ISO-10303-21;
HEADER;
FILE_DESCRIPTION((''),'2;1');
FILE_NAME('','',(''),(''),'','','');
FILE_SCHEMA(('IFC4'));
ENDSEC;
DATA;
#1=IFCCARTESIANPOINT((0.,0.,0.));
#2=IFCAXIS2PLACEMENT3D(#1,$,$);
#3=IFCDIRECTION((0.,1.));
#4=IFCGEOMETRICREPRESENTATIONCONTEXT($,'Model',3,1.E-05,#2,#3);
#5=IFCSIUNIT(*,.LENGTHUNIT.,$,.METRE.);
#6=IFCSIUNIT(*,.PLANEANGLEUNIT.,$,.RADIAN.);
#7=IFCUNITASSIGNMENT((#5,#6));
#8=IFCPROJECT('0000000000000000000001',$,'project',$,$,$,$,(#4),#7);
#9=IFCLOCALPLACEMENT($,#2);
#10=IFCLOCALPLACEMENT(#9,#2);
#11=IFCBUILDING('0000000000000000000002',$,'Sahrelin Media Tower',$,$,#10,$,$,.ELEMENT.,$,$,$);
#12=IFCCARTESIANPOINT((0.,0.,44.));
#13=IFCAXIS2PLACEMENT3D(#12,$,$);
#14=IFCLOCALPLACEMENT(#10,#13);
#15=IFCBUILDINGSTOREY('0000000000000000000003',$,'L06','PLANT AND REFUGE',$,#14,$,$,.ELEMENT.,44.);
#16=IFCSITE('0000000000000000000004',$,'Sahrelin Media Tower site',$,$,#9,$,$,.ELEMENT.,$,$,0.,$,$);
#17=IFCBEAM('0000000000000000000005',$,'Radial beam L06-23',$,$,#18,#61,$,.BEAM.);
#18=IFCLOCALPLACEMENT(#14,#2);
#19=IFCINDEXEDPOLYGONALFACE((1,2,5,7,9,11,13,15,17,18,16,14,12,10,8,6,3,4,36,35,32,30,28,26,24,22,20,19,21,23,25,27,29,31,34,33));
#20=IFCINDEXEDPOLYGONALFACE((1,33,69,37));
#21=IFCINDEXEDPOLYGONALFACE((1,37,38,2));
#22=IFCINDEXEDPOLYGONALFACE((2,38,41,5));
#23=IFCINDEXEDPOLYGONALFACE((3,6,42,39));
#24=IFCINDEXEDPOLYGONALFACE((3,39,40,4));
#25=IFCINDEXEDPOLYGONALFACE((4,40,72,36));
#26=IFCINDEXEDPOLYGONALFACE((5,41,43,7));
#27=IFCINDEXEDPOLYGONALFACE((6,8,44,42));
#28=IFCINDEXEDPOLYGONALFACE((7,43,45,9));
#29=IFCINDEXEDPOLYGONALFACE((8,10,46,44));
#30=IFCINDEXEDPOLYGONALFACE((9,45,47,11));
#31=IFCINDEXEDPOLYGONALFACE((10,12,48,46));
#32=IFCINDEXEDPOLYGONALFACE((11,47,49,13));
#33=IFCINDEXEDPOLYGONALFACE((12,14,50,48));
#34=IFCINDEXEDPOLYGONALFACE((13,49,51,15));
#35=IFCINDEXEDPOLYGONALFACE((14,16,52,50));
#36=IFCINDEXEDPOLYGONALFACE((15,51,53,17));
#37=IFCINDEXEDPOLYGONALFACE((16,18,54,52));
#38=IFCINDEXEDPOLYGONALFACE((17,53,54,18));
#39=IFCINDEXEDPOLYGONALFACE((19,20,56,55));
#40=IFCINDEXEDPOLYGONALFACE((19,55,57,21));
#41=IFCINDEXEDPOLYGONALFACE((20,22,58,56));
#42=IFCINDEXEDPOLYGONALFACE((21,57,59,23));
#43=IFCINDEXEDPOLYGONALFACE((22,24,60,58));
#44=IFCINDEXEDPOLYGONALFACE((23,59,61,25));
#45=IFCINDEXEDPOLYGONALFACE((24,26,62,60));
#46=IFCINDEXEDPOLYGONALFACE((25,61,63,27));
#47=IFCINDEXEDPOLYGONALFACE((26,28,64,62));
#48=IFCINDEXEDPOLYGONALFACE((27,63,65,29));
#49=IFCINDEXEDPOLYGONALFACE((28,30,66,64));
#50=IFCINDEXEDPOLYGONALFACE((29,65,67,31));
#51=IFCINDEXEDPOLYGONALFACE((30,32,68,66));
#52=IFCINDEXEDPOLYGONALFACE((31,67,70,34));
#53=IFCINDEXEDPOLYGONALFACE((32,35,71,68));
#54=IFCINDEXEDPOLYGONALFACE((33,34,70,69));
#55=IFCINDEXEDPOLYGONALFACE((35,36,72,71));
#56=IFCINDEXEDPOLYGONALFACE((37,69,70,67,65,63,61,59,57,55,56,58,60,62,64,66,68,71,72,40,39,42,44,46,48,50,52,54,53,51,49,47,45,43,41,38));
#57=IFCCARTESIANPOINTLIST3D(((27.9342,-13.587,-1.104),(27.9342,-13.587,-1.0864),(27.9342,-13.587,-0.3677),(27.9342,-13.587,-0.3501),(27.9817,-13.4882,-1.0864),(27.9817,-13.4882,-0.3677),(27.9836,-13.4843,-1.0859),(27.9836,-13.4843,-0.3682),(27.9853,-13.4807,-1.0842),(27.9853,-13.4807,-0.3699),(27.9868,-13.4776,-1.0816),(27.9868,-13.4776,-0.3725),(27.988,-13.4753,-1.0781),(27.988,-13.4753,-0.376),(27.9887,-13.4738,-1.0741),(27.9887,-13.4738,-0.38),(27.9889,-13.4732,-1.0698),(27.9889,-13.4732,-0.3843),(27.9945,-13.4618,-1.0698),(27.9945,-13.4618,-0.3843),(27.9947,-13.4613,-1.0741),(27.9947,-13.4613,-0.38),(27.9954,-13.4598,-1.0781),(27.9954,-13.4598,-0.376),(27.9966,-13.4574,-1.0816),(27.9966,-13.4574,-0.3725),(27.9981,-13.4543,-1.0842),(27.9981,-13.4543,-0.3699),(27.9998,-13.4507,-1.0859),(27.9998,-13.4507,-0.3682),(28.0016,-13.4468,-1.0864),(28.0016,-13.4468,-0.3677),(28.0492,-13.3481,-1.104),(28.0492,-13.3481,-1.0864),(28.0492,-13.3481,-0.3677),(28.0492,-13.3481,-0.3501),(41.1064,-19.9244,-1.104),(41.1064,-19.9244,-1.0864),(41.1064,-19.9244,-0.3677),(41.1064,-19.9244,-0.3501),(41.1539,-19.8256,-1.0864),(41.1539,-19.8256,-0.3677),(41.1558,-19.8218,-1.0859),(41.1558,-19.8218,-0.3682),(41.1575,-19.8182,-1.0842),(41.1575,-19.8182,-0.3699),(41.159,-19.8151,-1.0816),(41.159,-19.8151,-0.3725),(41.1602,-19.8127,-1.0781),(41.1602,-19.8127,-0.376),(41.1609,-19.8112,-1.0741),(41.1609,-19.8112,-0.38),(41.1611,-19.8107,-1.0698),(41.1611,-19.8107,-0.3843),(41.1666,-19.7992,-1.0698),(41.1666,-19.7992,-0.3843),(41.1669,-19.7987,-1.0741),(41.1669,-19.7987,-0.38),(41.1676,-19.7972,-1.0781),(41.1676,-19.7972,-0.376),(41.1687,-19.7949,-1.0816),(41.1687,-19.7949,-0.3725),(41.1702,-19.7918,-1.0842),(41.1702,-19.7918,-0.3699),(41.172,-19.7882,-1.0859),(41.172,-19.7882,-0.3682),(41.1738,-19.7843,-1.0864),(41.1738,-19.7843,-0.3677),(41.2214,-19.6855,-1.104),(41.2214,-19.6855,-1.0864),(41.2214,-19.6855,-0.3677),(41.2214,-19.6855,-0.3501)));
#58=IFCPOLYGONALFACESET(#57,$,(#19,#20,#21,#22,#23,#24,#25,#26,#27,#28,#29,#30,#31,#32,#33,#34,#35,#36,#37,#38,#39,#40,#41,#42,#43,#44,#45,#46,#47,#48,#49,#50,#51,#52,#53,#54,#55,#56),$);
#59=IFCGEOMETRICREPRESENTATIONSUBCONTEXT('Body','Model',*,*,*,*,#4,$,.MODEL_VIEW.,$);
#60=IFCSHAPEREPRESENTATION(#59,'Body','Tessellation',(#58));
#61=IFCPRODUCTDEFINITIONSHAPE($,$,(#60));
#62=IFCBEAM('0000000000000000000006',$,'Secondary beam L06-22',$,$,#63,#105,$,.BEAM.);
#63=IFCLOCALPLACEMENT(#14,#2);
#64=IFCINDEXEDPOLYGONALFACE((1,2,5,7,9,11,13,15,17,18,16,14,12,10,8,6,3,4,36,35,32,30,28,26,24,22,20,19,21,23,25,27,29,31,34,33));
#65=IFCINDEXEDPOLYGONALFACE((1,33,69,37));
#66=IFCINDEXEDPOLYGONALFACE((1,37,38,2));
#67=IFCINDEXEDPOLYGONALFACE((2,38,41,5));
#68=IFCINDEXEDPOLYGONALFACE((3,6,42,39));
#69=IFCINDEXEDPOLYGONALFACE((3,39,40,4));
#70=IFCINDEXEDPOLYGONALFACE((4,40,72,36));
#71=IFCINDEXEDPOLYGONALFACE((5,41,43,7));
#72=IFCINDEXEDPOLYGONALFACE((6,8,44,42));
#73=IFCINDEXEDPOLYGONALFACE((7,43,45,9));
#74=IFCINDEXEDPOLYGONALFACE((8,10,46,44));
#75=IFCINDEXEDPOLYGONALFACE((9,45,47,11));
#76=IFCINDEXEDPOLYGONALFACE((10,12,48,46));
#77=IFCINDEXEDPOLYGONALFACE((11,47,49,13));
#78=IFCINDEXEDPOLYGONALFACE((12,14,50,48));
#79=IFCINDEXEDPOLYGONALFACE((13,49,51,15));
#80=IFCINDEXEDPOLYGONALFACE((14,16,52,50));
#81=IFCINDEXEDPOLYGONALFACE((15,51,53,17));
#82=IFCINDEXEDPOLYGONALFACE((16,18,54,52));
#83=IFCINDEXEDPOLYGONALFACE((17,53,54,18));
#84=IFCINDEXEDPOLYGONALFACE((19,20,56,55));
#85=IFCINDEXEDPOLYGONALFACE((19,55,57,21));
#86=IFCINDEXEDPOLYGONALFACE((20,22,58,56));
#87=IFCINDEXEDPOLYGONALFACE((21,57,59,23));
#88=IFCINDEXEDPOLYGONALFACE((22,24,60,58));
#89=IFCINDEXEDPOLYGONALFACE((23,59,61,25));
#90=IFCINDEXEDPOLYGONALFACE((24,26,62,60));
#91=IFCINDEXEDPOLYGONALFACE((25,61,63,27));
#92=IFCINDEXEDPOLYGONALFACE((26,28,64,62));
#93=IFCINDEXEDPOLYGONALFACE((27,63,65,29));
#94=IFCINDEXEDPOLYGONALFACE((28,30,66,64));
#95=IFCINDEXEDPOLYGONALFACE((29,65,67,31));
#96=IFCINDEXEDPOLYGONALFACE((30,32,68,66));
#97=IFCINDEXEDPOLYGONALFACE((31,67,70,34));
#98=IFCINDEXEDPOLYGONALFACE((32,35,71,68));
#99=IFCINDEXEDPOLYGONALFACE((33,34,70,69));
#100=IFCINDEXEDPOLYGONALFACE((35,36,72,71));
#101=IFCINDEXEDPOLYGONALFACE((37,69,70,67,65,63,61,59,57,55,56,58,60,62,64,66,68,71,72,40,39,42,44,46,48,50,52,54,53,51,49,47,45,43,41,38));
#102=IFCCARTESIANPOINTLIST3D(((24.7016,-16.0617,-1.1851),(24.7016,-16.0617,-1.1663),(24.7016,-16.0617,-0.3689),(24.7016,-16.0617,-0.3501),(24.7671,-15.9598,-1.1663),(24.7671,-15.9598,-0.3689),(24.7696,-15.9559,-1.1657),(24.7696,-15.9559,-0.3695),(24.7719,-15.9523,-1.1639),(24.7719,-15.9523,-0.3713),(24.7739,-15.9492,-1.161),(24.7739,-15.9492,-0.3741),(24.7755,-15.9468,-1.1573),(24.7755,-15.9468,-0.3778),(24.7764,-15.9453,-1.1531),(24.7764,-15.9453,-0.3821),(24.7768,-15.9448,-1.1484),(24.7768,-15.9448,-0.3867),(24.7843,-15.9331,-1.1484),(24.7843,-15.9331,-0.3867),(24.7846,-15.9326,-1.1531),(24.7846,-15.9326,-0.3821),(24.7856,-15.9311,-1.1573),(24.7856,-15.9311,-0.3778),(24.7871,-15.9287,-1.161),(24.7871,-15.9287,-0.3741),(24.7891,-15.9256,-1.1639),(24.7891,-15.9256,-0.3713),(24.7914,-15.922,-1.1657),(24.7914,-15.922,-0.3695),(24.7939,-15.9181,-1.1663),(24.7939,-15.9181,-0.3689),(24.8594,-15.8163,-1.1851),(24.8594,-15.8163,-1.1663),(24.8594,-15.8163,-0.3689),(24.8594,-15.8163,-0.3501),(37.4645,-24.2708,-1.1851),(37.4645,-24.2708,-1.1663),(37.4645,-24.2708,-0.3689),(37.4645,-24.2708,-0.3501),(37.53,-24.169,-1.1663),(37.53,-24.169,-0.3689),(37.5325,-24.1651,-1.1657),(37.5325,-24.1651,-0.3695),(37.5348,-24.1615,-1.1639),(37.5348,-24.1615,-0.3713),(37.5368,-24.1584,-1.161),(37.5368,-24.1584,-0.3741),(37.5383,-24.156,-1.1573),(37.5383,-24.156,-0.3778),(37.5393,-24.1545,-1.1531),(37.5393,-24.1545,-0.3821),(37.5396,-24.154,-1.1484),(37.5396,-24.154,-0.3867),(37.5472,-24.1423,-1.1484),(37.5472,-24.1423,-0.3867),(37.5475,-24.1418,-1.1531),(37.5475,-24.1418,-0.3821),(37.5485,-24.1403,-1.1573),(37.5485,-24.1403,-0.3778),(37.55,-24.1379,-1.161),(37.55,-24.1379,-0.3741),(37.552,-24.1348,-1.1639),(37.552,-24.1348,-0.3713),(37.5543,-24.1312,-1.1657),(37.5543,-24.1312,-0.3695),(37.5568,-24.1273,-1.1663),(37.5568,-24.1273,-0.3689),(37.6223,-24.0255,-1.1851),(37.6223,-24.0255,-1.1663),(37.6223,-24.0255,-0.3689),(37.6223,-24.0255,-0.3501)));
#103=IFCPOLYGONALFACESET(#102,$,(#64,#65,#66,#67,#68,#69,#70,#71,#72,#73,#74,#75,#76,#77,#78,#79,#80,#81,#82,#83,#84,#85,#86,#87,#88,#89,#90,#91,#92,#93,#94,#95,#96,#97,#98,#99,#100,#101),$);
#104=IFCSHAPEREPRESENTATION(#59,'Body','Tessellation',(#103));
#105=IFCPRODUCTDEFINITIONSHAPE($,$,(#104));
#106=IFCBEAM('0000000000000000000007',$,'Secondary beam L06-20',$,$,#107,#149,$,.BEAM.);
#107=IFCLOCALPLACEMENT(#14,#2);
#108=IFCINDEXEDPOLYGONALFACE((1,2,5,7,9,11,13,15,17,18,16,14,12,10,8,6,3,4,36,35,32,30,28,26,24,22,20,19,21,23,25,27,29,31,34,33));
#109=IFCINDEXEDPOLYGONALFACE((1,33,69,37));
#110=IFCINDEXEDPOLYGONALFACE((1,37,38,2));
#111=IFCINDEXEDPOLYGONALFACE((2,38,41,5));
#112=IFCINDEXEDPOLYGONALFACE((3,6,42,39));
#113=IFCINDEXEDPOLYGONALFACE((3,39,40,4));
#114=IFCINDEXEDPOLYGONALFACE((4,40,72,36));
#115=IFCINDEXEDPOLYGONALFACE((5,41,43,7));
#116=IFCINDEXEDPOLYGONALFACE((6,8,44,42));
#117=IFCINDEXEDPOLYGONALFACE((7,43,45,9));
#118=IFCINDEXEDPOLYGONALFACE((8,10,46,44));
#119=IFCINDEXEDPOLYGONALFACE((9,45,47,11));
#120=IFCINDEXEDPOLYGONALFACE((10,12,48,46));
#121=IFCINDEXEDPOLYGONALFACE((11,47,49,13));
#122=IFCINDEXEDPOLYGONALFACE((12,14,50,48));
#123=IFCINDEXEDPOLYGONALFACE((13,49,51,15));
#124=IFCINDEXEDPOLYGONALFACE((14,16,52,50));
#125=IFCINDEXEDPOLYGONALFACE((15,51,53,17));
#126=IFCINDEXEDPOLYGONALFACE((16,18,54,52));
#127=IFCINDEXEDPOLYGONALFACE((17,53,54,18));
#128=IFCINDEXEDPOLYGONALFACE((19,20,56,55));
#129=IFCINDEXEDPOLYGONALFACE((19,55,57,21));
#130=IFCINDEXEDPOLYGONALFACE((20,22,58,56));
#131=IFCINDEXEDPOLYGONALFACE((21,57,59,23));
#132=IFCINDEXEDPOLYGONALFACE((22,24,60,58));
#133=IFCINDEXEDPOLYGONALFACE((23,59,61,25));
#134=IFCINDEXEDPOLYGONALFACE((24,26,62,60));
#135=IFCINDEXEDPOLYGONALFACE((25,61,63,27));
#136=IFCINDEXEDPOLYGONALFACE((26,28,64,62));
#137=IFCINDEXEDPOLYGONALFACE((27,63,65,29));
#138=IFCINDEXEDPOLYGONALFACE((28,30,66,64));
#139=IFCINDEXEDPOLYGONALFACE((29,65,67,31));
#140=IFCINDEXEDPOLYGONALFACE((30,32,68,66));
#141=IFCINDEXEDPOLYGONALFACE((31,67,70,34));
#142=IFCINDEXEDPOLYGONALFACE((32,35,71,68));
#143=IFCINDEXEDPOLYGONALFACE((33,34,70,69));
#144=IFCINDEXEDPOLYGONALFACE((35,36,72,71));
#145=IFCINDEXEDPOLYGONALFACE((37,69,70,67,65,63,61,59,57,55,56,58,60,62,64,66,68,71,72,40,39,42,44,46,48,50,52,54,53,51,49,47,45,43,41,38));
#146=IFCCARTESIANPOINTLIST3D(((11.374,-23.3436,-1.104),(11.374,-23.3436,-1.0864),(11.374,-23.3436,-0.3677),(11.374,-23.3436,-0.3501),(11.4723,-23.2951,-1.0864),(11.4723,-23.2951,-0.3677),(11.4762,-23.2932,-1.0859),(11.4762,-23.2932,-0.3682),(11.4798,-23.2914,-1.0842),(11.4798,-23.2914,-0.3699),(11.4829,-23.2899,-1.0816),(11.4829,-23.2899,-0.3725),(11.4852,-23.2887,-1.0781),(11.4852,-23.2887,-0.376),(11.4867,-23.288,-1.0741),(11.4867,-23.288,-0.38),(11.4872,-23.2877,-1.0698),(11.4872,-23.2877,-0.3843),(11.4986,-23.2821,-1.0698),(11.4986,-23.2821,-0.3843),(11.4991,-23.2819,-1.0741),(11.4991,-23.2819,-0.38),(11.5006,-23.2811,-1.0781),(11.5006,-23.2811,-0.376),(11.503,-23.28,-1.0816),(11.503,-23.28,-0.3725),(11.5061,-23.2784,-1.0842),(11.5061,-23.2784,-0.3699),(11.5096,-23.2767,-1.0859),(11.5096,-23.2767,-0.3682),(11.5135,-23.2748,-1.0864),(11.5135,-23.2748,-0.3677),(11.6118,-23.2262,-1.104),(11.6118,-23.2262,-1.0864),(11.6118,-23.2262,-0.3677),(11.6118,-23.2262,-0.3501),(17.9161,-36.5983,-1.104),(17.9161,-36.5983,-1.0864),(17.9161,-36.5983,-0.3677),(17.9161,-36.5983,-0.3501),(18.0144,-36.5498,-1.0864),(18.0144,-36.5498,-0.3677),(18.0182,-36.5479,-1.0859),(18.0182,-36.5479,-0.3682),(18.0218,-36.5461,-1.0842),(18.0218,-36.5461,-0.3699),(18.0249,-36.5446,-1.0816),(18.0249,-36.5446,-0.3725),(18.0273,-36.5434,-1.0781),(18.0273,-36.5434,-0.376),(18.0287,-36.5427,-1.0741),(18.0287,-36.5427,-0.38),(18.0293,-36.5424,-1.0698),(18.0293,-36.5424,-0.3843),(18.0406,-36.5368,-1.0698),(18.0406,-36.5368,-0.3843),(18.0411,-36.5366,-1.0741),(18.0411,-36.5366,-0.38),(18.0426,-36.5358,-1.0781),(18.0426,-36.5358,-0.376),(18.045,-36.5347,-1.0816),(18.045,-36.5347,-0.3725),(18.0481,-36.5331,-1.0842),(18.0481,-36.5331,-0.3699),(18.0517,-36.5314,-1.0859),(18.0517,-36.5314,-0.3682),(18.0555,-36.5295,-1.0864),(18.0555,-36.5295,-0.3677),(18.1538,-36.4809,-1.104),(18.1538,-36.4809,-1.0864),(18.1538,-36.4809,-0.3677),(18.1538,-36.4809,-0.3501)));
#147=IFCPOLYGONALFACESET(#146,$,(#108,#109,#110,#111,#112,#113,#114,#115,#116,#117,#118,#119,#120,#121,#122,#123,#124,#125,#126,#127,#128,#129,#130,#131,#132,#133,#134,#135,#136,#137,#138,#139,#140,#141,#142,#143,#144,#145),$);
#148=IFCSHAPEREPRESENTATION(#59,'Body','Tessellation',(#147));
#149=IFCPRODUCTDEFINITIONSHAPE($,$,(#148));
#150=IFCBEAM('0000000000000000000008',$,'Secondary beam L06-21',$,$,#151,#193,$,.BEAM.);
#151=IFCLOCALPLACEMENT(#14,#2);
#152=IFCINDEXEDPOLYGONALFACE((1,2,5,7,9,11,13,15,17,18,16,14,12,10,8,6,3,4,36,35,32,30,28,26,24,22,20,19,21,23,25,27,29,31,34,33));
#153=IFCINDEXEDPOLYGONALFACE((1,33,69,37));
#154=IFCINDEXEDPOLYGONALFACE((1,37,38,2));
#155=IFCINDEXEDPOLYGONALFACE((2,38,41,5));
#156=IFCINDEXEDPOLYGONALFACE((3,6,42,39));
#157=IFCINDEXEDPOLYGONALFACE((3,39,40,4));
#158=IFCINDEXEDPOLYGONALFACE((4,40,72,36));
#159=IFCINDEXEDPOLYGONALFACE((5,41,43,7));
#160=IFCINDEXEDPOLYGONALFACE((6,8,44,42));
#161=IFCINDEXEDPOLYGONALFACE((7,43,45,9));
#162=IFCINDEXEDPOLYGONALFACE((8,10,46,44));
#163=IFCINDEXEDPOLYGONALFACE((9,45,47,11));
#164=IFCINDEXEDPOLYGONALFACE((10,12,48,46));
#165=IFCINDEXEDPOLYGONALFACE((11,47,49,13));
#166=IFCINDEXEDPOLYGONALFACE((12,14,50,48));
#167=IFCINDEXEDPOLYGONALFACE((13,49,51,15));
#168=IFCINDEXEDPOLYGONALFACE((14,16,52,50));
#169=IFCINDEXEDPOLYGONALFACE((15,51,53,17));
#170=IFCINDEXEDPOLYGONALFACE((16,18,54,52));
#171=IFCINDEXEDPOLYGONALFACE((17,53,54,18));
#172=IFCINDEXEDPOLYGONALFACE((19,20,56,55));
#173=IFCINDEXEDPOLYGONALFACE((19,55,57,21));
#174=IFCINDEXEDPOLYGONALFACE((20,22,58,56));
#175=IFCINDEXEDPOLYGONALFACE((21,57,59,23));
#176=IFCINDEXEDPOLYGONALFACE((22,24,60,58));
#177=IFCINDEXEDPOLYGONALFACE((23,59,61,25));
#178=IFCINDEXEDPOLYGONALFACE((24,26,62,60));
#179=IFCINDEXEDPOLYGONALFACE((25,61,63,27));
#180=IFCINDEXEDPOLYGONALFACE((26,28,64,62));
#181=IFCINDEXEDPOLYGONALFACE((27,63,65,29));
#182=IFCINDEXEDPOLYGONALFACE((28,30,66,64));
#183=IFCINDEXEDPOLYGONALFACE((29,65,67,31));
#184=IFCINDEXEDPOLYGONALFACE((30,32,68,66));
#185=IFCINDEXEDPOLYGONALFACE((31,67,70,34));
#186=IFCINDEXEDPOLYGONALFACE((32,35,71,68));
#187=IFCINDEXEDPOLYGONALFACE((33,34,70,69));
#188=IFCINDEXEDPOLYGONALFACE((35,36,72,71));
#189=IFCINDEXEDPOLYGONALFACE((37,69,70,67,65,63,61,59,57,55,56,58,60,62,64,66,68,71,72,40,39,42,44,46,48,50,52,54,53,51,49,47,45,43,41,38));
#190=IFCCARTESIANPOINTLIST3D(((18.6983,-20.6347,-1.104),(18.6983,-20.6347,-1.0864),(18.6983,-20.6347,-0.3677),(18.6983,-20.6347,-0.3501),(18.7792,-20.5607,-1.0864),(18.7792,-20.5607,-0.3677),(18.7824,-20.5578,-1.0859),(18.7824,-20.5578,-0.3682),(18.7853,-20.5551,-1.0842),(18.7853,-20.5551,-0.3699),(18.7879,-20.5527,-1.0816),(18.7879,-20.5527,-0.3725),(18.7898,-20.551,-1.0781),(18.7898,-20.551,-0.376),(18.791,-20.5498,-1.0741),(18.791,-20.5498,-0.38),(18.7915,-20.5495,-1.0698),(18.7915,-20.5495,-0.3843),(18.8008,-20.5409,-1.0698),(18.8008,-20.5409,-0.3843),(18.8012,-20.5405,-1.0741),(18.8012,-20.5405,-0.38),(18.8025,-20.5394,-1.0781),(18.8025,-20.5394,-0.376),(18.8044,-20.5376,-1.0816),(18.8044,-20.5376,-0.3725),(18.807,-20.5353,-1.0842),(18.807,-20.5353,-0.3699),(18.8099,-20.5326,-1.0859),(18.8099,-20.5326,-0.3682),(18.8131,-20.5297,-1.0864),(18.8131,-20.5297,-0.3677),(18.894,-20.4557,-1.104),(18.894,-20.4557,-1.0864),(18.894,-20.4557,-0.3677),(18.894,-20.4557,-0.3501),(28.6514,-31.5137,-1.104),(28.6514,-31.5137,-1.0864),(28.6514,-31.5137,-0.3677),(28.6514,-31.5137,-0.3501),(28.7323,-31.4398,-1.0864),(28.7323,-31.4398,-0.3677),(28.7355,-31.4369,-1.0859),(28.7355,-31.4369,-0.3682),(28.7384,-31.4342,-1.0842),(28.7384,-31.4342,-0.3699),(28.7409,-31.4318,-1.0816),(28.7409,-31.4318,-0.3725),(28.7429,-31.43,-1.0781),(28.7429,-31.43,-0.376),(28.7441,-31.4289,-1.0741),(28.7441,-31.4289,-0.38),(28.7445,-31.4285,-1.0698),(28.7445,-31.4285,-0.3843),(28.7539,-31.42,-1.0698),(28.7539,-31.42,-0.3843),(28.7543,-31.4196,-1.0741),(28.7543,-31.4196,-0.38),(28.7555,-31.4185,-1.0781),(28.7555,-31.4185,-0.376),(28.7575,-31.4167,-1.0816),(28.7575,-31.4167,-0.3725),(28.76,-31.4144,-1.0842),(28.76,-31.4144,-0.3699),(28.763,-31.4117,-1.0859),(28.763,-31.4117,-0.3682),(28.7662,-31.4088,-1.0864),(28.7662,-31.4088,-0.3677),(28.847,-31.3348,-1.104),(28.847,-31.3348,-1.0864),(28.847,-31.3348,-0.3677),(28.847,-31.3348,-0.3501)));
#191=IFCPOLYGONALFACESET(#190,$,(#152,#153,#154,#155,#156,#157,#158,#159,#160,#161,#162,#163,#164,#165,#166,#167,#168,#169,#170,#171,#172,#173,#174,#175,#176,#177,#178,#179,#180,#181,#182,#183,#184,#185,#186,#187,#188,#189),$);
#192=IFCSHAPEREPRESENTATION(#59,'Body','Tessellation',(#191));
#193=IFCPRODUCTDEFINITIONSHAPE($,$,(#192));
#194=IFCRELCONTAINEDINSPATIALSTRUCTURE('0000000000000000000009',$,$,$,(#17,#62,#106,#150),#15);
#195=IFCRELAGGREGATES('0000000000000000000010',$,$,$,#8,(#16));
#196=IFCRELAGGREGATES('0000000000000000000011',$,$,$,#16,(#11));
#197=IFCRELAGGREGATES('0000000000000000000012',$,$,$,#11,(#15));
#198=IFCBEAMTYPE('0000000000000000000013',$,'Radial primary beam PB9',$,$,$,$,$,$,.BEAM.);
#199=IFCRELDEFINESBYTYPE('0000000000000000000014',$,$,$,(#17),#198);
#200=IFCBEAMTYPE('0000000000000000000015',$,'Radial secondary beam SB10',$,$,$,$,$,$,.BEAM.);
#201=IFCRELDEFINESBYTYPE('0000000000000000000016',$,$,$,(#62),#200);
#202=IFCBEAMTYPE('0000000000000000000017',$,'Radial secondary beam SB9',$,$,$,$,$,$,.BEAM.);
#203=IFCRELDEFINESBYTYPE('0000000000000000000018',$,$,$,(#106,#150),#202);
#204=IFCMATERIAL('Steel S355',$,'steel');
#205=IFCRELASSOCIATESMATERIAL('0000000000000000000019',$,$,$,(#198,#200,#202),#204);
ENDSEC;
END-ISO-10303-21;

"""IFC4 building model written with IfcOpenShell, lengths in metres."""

from ifc_helpers import new_model, si_unit, direction, frame, origin, origin_2d, place, context, subcontext, project, spatial, i_section, extrude, material, material_profile, profile_set, type_object, element, save


model = new_model("IFC4")

# Units and contexts
model_context = context("Model", 3, precision=1e-05, world=origin(), true_north=direction((0.0, 1.0)))
body_context = subcontext(model_context, "Body", "Model", "MODEL_VIEW")
ifc_project = project(units=[si_unit("LENGTHUNIT", "METRE"), si_unit("PLANEANGLEUNIT", "RADIAN")], contexts=[model_context])

# Site, building, storey
site_placement = place(None, origin())
site = spatial("IfcSite", under=ifc_project, at=site_placement, Name="Sahrelin Media Tower site", CompositionType="ELEMENT", RefElevation=0.0)
building_placement = place(site_placement, origin())
building = spatial("IfcBuilding", under=site, at=building_placement, Name="Sahrelin Media Tower", CompositionType="ELEMENT")
storey_placement = place(building_placement, frame((0.0, 0.0, 44.0)))
storey = spatial("IfcBuildingStorey", under=building, at=storey_placement, Name="L06", Description="PLANT AND REFUGE", CompositionType="ELEMENT", Elevation=44.0)

# Beams
ifc_material_1 = material(Name="Steel S355", Category="steel")
ifc_material_profile_1 = material_profile(ifc_material_1, i_section(OverallWidth=0.2651, OverallDepth=0.7539, WebThickness=0.0127, FlangeThickness=0.0176, FilletRadius=0.0166, at=origin_2d()), Name="UB 762x267x147")
ifc_profile_set_1 = profile_set([ifc_material_profile_1], Name="Steel S355")
beam_type_1 = type_object("IfcBeamType", Name="Radial primary beam PB9", PredefinedType="BEAM", material=ifc_profile_set_1)
beam_1_placement = place(storey_placement, frame((27.9917, -13.4675, -0.7271), z_axis=(0.901128, -0.433553, 0.0), x_axis=(0.433553, 0.901128, 0.0)))
element("IfcBeam", 1, at=beam_1_placement, inside=storey, type_object=beam_type_1, Name="Radial beam L06-23", PredefinedType="BEAM", context=body_context, shape_type="SweptSolid", body=[
    extrude(i_section(OverallWidth=0.2651, OverallDepth=0.7539, WebThickness=0.0127, FlangeThickness=0.0176, FilletRadius=0.0166, at=origin_2d()), origin(), (0.0, 0.0, 1.0), 14.6174),
])
ifc_material_profile_2 = material_profile(ifc_material_1, i_section(OverallWidth=0.2917, OverallDepth=0.835, WebThickness=0.0139, FlangeThickness=0.0188, FilletRadius=0.0178, at=origin_2d()), Name="UB 838x292x176")
ifc_profile_set_2 = profile_set([ifc_material_profile_2], Name="Steel S355")
beam_type_2 = type_object("IfcBeamType", Name="Radial secondary beam SB10", PredefinedType="BEAM", material=ifc_profile_set_2)
beam_2_placement = place(storey_placement, frame((24.7805, -15.939, -0.7676), z_axis=(0.841044, -0.540967, 0.0), x_axis=(0.540967, 0.841044, 0.0)))
element("IfcBeam", 2, at=beam_2_placement, inside=storey, type_object=beam_type_2, Name="Secondary beam L06-22", PredefinedType="BEAM", context=body_context, shape_type="SweptSolid", body=[
    extrude(i_section(OverallWidth=0.2917, OverallDepth=0.835, WebThickness=0.0139, FlangeThickness=0.0188, FilletRadius=0.0178, at=origin_2d()), origin(), (0.0, 0.0, 1.0), 15.175),
])
ifc_material_profile_3 = material_profile(ifc_material_1, i_section(OverallWidth=0.2651, OverallDepth=0.7539, WebThickness=0.0127, FlangeThickness=0.0176, FilletRadius=0.0166, at=origin_2d()), Name="UB 762x267x147")
ifc_profile_set_3 = profile_set([ifc_material_profile_3], Name="Steel S355")
beam_type_3 = type_object("IfcBeamType", Name="Radial secondary beam SB9", PredefinedType="BEAM", material=ifc_profile_set_3)
beam_3_placement = place(storey_placement, frame((11.4929, -23.2849, -0.7271), z_axis=(0.442589, -0.896724, 0.0), x_axis=(0.896724, 0.442589, 0.0)))
element("IfcBeam", 3, at=beam_3_placement, inside=storey, type_object=beam_type_3, Name="Secondary beam L06-20", PredefinedType="BEAM", context=body_context, shape_type="SweptSolid", body=[
    extrude(i_section(OverallWidth=0.2651, OverallDepth=0.7539, WebThickness=0.0127, FlangeThickness=0.0176, FilletRadius=0.0166, at=origin_2d()), origin(), (0.0, 0.0, 1.0), 14.7812),
])
beam_4_placement = place(storey_placement, frame((18.7961, -20.5452, -0.7271), z_axis=(0.675008, -0.73781, 0.0), x_axis=(0.73781, 0.675008, 0.0)))
element("IfcBeam", 4, at=beam_4_placement, inside=storey, type_object=beam_type_3, Name="Secondary beam L06-21", PredefinedType="BEAM", context=body_context, shape_type="SweptSolid", body=[
    extrude(i_section(OverallWidth=0.2651, OverallDepth=0.7539, WebThickness=0.0127, FlangeThickness=0.0176, FilletRadius=0.0166, at=origin_2d()), origin(), (0.0, 0.0, 1.0), 14.7451),
])

save(model, "model.ifc")
